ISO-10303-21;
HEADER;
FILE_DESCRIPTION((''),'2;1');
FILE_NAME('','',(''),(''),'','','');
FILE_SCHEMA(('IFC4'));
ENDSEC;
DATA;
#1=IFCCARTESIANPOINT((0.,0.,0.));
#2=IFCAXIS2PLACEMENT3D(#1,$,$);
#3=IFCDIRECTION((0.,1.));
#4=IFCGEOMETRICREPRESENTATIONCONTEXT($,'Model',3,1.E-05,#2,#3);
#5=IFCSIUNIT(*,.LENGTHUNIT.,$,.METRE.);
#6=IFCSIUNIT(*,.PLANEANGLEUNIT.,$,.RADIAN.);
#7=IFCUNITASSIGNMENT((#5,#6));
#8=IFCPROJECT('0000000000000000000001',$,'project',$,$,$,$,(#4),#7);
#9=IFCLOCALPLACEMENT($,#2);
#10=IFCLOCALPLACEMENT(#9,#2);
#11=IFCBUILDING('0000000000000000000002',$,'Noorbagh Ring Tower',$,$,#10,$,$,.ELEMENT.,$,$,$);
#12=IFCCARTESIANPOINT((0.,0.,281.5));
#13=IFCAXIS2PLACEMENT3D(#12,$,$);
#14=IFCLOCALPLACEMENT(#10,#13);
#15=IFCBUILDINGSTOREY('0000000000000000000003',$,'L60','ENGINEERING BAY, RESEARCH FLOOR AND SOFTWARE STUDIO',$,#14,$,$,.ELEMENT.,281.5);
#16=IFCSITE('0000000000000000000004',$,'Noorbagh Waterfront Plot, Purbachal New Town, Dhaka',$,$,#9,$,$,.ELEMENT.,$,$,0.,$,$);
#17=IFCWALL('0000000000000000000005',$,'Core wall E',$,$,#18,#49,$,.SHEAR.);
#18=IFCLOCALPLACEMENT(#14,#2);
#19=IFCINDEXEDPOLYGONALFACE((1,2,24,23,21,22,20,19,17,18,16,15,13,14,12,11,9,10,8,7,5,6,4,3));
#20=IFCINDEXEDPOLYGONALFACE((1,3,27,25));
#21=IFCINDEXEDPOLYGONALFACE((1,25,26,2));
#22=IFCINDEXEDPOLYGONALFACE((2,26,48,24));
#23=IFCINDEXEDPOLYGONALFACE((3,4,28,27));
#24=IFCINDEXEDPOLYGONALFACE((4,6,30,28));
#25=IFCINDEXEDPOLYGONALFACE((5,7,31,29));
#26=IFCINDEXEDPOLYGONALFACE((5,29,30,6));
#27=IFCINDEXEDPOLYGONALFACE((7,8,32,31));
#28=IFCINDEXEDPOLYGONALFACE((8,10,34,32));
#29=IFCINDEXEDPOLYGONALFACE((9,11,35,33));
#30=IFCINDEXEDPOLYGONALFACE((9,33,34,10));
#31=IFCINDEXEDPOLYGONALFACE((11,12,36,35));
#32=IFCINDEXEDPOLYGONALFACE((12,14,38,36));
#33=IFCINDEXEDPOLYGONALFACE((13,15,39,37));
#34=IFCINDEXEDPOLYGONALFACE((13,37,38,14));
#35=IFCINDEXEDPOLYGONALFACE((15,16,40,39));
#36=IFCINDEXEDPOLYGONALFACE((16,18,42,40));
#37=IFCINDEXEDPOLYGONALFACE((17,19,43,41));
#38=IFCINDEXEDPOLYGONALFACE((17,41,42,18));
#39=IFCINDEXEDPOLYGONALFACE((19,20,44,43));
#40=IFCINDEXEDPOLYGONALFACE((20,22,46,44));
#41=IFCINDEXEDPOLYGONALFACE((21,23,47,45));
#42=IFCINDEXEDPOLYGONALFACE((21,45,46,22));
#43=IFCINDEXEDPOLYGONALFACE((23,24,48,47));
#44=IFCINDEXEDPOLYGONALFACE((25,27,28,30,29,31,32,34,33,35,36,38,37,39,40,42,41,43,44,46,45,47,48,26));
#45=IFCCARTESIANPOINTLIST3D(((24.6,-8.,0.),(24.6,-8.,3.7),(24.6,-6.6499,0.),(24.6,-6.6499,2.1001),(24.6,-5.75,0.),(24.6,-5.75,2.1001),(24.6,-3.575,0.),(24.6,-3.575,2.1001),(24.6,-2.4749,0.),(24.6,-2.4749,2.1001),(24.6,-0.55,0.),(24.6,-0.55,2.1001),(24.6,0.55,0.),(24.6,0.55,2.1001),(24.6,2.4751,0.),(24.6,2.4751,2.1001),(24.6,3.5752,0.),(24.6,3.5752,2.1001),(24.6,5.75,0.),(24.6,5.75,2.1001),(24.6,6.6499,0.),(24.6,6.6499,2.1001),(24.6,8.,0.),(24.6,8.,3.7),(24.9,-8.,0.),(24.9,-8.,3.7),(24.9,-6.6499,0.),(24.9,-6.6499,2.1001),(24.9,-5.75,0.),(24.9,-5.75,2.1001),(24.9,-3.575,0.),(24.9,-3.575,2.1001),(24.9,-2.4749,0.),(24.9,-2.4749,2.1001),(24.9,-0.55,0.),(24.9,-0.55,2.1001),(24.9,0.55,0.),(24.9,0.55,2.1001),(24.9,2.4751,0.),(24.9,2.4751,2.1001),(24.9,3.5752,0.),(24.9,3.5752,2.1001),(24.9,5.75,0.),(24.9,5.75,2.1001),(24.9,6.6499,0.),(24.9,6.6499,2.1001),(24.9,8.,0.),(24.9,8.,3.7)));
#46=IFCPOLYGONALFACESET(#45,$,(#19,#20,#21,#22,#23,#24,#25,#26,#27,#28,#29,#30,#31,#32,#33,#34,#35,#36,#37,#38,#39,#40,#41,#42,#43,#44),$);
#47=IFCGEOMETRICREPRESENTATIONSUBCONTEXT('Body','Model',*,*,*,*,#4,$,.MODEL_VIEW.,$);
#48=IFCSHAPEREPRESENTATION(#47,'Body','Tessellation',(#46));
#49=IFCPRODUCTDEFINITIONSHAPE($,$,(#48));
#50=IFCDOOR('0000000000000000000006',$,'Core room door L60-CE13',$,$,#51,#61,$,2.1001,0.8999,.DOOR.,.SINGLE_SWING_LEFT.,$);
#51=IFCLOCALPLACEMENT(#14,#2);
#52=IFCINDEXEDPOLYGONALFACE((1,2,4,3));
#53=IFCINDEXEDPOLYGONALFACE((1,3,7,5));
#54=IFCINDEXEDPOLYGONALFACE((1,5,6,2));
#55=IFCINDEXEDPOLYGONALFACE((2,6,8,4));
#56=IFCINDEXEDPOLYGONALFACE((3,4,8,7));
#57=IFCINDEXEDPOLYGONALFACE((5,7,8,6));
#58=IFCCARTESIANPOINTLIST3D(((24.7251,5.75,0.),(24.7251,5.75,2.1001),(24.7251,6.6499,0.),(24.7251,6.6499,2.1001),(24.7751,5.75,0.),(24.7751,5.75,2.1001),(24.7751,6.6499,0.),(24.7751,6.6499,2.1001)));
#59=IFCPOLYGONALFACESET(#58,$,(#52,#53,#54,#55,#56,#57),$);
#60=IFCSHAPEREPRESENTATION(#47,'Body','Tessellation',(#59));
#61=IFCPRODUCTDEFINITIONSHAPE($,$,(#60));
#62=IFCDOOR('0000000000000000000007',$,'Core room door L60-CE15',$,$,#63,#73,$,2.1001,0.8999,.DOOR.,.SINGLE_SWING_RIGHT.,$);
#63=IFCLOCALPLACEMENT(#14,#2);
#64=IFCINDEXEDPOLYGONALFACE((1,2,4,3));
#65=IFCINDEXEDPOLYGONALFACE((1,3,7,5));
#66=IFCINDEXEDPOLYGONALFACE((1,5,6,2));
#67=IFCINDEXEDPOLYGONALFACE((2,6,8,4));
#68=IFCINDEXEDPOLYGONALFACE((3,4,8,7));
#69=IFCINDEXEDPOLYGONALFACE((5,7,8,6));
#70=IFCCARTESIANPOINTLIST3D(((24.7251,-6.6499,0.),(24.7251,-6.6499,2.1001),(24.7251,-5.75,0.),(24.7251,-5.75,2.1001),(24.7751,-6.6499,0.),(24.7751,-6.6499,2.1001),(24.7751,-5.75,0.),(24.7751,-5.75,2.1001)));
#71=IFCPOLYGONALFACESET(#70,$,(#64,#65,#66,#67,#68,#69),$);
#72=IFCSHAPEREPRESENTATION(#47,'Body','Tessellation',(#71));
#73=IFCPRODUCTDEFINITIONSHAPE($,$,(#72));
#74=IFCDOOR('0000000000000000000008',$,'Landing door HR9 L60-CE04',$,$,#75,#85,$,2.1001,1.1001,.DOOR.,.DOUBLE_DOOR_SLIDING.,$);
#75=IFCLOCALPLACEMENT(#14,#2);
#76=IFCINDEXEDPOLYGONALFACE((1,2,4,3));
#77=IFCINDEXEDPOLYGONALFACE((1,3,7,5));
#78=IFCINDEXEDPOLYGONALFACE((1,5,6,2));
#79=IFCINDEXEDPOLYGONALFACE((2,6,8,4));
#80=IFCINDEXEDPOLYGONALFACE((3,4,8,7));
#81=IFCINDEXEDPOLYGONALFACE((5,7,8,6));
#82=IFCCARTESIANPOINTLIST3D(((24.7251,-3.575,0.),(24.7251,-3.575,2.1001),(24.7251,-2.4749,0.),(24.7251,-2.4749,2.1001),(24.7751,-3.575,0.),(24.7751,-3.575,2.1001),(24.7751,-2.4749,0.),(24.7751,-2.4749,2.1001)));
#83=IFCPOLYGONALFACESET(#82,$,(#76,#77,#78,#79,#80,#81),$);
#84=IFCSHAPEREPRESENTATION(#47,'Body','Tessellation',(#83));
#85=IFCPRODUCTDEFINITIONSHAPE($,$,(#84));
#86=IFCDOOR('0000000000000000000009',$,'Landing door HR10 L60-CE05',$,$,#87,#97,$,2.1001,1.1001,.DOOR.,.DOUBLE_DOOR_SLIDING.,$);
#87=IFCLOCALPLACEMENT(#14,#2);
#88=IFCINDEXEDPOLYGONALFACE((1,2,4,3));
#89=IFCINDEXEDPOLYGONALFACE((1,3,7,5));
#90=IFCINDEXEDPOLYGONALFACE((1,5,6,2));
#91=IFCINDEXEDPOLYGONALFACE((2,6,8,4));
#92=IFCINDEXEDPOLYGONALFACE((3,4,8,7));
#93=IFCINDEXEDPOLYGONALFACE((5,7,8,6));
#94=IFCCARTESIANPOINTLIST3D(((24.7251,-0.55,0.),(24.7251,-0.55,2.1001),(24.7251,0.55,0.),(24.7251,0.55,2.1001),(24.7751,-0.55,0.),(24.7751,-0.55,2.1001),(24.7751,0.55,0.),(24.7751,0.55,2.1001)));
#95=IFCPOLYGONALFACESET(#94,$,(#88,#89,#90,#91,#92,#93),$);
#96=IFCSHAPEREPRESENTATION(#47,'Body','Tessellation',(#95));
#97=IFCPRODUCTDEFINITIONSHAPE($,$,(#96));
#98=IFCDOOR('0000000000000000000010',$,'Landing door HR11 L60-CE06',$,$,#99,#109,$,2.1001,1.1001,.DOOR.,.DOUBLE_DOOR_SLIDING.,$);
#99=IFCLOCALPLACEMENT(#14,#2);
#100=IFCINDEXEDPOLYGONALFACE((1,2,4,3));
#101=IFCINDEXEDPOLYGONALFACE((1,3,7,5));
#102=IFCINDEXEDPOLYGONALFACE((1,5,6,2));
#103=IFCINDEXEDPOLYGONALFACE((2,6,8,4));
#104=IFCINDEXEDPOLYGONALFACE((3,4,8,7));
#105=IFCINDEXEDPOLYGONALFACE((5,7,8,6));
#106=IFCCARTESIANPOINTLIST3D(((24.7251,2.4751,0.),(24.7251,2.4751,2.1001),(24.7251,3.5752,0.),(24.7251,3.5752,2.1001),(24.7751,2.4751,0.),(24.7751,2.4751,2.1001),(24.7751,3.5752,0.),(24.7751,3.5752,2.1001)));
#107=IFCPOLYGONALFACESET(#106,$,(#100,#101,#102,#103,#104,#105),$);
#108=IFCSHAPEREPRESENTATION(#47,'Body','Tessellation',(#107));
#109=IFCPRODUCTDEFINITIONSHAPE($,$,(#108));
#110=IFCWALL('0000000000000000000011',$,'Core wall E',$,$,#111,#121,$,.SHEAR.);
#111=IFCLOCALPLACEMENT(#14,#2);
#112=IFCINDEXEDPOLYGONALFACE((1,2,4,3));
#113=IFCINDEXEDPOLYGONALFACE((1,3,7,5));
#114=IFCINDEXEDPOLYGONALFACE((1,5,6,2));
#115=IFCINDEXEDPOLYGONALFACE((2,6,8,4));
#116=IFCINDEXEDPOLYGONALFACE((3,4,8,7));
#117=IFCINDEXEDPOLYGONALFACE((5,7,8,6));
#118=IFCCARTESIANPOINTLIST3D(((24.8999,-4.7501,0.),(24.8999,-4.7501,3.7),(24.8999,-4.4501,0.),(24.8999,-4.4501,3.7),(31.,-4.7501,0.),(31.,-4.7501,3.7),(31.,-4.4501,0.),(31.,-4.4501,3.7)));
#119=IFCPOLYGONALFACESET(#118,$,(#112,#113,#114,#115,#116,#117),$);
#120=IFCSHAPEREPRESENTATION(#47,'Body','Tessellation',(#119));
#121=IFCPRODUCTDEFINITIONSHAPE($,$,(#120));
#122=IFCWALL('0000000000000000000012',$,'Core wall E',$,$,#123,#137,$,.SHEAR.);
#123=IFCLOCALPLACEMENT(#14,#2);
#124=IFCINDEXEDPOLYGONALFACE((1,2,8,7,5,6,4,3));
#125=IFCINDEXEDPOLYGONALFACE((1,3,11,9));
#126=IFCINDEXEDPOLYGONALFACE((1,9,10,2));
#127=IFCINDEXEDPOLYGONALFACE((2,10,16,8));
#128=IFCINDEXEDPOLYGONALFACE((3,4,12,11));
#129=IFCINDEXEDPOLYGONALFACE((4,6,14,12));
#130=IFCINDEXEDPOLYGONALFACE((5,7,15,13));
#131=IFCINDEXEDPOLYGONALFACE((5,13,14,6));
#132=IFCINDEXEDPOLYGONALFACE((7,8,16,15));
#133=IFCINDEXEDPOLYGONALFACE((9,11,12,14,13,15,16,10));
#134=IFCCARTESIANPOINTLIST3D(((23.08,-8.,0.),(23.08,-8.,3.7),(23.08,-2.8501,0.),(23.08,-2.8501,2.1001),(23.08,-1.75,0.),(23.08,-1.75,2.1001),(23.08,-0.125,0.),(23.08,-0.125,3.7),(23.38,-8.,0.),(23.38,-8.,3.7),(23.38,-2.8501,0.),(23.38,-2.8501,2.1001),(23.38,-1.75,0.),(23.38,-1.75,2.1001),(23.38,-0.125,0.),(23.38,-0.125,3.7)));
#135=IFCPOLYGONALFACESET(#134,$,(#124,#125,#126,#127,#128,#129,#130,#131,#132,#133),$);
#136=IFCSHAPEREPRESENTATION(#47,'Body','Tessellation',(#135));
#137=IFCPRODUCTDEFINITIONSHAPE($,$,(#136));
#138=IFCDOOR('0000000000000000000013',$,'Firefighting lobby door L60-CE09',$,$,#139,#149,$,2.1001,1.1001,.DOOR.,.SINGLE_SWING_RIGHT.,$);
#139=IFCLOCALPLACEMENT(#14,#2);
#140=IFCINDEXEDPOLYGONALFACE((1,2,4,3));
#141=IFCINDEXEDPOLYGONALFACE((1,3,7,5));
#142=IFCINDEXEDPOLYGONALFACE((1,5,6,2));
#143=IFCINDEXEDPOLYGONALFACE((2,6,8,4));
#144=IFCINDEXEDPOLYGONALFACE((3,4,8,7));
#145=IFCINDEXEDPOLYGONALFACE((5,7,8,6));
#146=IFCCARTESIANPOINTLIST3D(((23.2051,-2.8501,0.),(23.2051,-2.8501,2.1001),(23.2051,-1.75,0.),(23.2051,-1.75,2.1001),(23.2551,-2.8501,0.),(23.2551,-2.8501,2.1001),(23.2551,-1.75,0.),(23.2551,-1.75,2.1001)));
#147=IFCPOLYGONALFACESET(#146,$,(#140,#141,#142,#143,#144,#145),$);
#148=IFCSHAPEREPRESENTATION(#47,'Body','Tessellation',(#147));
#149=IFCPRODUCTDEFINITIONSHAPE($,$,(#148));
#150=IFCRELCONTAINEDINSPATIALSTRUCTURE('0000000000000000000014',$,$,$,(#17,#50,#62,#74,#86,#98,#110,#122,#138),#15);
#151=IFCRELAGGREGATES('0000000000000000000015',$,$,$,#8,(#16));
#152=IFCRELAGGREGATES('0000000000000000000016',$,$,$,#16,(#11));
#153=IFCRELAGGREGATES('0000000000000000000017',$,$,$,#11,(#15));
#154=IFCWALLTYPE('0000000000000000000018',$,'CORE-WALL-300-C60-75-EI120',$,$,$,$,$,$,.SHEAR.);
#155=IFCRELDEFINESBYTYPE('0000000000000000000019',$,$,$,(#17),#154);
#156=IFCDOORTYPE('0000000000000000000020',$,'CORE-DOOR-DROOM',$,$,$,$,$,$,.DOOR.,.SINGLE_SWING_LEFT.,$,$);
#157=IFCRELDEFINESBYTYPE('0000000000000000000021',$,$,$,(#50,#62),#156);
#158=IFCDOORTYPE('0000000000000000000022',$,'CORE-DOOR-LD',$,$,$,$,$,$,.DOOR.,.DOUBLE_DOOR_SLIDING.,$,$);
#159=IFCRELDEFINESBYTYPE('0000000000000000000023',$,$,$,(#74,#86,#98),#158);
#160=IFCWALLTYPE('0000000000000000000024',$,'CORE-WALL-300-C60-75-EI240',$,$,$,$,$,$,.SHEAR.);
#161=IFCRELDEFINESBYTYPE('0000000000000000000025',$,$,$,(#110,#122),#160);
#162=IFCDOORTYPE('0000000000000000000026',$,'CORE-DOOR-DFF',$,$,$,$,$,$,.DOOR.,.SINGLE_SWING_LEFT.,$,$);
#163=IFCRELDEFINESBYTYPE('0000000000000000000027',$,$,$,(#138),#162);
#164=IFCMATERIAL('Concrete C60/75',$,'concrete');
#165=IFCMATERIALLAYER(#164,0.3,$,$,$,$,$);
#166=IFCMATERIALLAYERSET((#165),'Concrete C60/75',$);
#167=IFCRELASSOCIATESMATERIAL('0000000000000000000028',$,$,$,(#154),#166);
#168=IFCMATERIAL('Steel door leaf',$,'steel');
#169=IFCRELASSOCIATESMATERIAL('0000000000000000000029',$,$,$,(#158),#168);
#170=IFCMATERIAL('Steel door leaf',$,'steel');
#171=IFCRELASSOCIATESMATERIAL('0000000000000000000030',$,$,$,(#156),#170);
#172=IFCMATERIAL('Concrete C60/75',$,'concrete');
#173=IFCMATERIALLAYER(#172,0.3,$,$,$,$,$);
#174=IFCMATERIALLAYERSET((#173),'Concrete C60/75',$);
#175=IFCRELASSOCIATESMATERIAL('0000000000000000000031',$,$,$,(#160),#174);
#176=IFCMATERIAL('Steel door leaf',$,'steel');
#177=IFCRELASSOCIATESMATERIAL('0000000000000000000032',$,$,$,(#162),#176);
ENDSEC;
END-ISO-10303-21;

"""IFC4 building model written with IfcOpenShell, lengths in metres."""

from ifc_helpers import new_model, si_unit, direction, frame, frame_2d, origin, place, context, subcontext, project, spatial, rectangle, extrude, material, layer, layer_set, type_object, element, fill, save


model = new_model("IFC4")

# Units and contexts
model_context = context("Model", 3, precision=1e-05, world=origin(), true_north=direction((0.0, 1.0)))
body_context = subcontext(model_context, "Body", "Model", "MODEL_VIEW")
ifc_project = project(units=[si_unit("LENGTHUNIT", "METRE"), si_unit("PLANEANGLEUNIT", "RADIAN")], contexts=[model_context])

# Site, building, storey
site_placement = place(None, origin())
site = spatial("IfcSite", under=ifc_project, at=site_placement, Name="Noorbagh Waterfront Plot, Purbachal New Town, Dhaka", CompositionType="ELEMENT", RefElevation=0.0)
building_placement = place(site_placement, origin())
building = spatial("IfcBuilding", under=site, at=building_placement, Name="Noorbagh Ring Tower", CompositionType="ELEMENT")
storey_placement = place(building_placement, frame((0.0, 0.0, 281.5)))
storey = spatial("IfcBuildingStorey", under=building, at=storey_placement, Name="L60", Description="ENGINEERING BAY, RESEARCH FLOOR AND SOFTWARE STUDIO", CompositionType="ELEMENT", Elevation=281.5)

# Shared definitions
ifc_material_1 = material(Name="Concrete C60/75", Category="concrete")
ifc_layer_1 = layer(ifc_material_1, 0.3)
ifc_layer_set_1 = layer_set([ifc_layer_1], Name="Concrete C60/75")
wall_type_1 = type_object("IfcWallType", Name="CORE-WALL-300-C60-75-EI120", PredefinedType="SHEAR", material=ifc_layer_set_1)

# Wall, openings, doors
ifc_material_2 = material(Name="Steel door leaf", Category="steel")
door_type_1 = type_object("IfcDoorType", Name="CORE-DOOR-LD", OperationType="DOUBLE_DOOR_SLIDING", PredefinedType="DOOR", material=ifc_material_2)
wall_1_placement = place(storey_placement, frame((24.75, -8.0, 0.0), z_axis=(0.0, 0.0, 1.0), x_axis=(0.0, 1.0, 0.0)))
wall_1 = element("IfcWall", 1, at=wall_1_placement, inside=storey, type_object=wall_type_1, Name="Core wall E", PredefinedType="SHEAR", context=body_context, shape_type="SweptSolid", body=[
    extrude(rectangle(XDim=16.0, YDim=0.3, at=frame_2d((8.0, 0.0))), origin(), (0.0, 0.0, 1.0), 3.7),
])
opening_1_placement = place(wall_1_placement, frame((4.425, 0.0, 0.0)))
opening_1 = element("IfcOpeningElement", 2, at=opening_1_placement, cuts=wall_1, PredefinedType="OPENING", context=body_context, shape_type="SweptSolid", body=[
    extrude(rectangle(XDim=1.1001, YDim=2.1001, at=frame_2d((0.55, 1.05))), frame((0.0, 0.1602, 0.0), z_axis=(0.0, -1.0, 0.0), x_axis=(1.0, 0.0, 0.0)), (0.0, 0.0, 1.0), 0.3201),
])
opening_2_placement = place(wall_1_placement, frame((7.45, 0.0, 0.0)))
opening_2 = element("IfcOpeningElement", 3, at=opening_2_placement, cuts=wall_1, PredefinedType="OPENING", context=body_context, shape_type="SweptSolid", body=[
    extrude(rectangle(XDim=1.1001, YDim=2.1001, at=frame_2d((0.55, 1.05))), frame((0.0, 0.1602, 0.0), z_axis=(0.0, -1.0, 0.0), x_axis=(1.0, 0.0, 0.0)), (0.0, 0.0, 1.0), 0.3201),
])
opening_3_placement = place(wall_1_placement, frame((10.4751, 0.0, 0.0)))
opening_3 = element("IfcOpeningElement", 4, at=opening_3_placement, cuts=wall_1, PredefinedType="OPENING", context=body_context, shape_type="SweptSolid", body=[
    extrude(rectangle(XDim=1.1001, YDim=2.1001, at=frame_2d((0.55, 1.05))), frame((0.0, 0.1602, 0.0), z_axis=(0.0, -1.0, 0.0), x_axis=(1.0, 0.0, 0.0)), (0.0, 0.0, 1.0), 0.3201),
])
opening_4_placement = place(wall_1_placement, frame((13.75, 0.0, 0.0)))
opening_4 = element("IfcOpeningElement", 5, at=opening_4_placement, cuts=wall_1, PredefinedType="OPENING", context=body_context, shape_type="SweptSolid", body=[
    extrude(rectangle(XDim=0.8999, YDim=2.1001, at=frame_2d((0.45, 1.05))), frame((0.0, 0.1602, 0.0), z_axis=(0.0, -1.0, 0.0), x_axis=(1.0, 0.0, 0.0)), (0.0, 0.0, 1.0), 0.3201),
])
opening_5_placement = place(wall_1_placement, frame((1.3501, 0.0, 0.0)))
opening_5 = element("IfcOpeningElement", 6, at=opening_5_placement, cuts=wall_1, PredefinedType="OPENING", context=body_context, shape_type="SweptSolid", body=[
    extrude(rectangle(XDim=0.8999, YDim=2.1001, at=frame_2d((0.45, 1.05))), frame((0.0, 0.1602, 0.0), z_axis=(0.0, -1.0, 0.0), x_axis=(1.0, 0.0, 0.0)), (0.0, 0.0, 1.0), 0.3201),
])
ifc_material_3 = material(Name="Steel door leaf", Category="steel")
door_type_2 = type_object("IfcDoorType", Name="CORE-DOOR-DROOM", OperationType="SINGLE_SWING_LEFT", PredefinedType="DOOR", material=ifc_material_3)
door_1_placement = place(opening_4_placement, origin())
door_1 = element("IfcDoor", 7, at=door_1_placement, inside=storey, type_object=door_type_2, Name="Core room door L60-CE13", OperationType="SINGLE_SWING_LEFT", OverallHeight=2.1001, OverallWidth=0.8999, PredefinedType="DOOR", context=body_context, shape_type="SweptSolid", body=[
    extrude(rectangle(XDim=0.8999, YDim=2.1001, at=frame_2d((0.45, 1.05))), frame((0.0, 0.0249, 0.0), z_axis=(0.0, -1.0, 0.0), x_axis=(1.0, 0.0, 0.0)), (0.0, 0.0, 1.0), 0.05),
])
fill(opening_4, door_1)
door_2_placement = place(opening_5_placement, origin())
door_2 = element("IfcDoor", 8, at=door_2_placement, inside=storey, type_object=door_type_2, Name="Core room door L60-CE15", OperationType="SINGLE_SWING_RIGHT", OverallHeight=2.1001, OverallWidth=0.8999, PredefinedType="DOOR", context=body_context, shape_type="SweptSolid", body=[
    extrude(rectangle(XDim=0.8999, YDim=2.1001, at=frame_2d((0.45, 1.05))), frame((0.0, 0.0249, 0.0), z_axis=(0.0, -1.0, 0.0), x_axis=(1.0, 0.0, 0.0)), (0.0, 0.0, 1.0), 0.05),
])
fill(opening_5, door_2)
door_3_placement = place(opening_1_placement, origin())
door_3 = element("IfcDoor", 9, at=door_3_placement, inside=storey, type_object=door_type_1, Name="Landing door HR9 L60-CE04", OperationType="DOUBLE_DOOR_SLIDING", OverallHeight=2.1001, OverallWidth=1.1001, PredefinedType="DOOR", context=body_context, shape_type="SweptSolid", body=[
    extrude(rectangle(XDim=1.1001, YDim=2.1001, at=frame_2d((0.55, 1.05))), frame((0.0, 0.0249, 0.0), z_axis=(0.0, -1.0, 0.0), x_axis=(1.0, 0.0, 0.0)), (0.0, 0.0, 1.0), 0.05),
])
fill(opening_1, door_3)
door_4_placement = place(opening_2_placement, origin())
door_4 = element("IfcDoor", 10, at=door_4_placement, inside=storey, type_object=door_type_1, Name="Landing door HR10 L60-CE05", OperationType="DOUBLE_DOOR_SLIDING", OverallHeight=2.1001, OverallWidth=1.1001, PredefinedType="DOOR", context=body_context, shape_type="SweptSolid", body=[
    extrude(rectangle(XDim=1.1001, YDim=2.1001, at=frame_2d((0.55, 1.05))), frame((0.0, 0.0249, 0.0), z_axis=(0.0, -1.0, 0.0), x_axis=(1.0, 0.0, 0.0)), (0.0, 0.0, 1.0), 0.05),
])
fill(opening_2, door_4)
door_5_placement = place(opening_3_placement, origin())
door_5 = element("IfcDoor", 11, at=door_5_placement, inside=storey, type_object=door_type_1, Name="Landing door HR11 L60-CE06", OperationType="DOUBLE_DOOR_SLIDING", OverallHeight=2.1001, OverallWidth=1.1001, PredefinedType="DOOR", context=body_context, shape_type="SweptSolid", body=[
    extrude(rectangle(XDim=1.1001, YDim=2.1001, at=frame_2d((0.55, 1.05))), frame((0.0, 0.0249, 0.0), z_axis=(0.0, -1.0, 0.0), x_axis=(1.0, 0.0, 0.0)), (0.0, 0.0, 1.0), 0.05),
])
fill(opening_3, door_5)

# Wall
ifc_material_4 = material(Name="Concrete C60/75", Category="concrete")
ifc_layer_2 = layer(ifc_material_4, 0.3)
ifc_layer_set_2 = layer_set([ifc_layer_2], Name="Concrete C60/75")
wall_type_2 = type_object("IfcWallType", Name="CORE-WALL-300-C60-75-EI240", PredefinedType="SHEAR", material=ifc_layer_set_2)
wall_2_placement = place(storey_placement, frame((24.8999, -4.6001, 0.0), z_axis=(0.0, 0.0, 1.0), x_axis=(1.0, 0.0, 0.0)))
element("IfcWall", 12, at=wall_2_placement, inside=storey, type_object=wall_type_2, Name="Core wall E", PredefinedType="SHEAR", context=body_context, shape_type="SweptSolid", body=[
    extrude(rectangle(XDim=6.1001, YDim=0.3, at=frame_2d((3.05, 0.0))), origin(), (0.0, 0.0, 1.0), 3.7),
])

# Wall, opening, door
wall_3_placement = place(storey_placement, frame((23.23, -8.0, 0.0), z_axis=(0.0, 0.0, 1.0), x_axis=(0.0, 1.0, 0.0)))
wall_3 = element("IfcWall", 13, at=wall_3_placement, inside=storey, type_object=wall_type_2, Name="Core wall E", PredefinedType="SHEAR", context=body_context, shape_type="SweptSolid", body=[
    extrude(rectangle(XDim=7.875, YDim=0.3, at=frame_2d((3.9375, 0.0))), origin(), (0.0, 0.0, 1.0), 3.7),
])
opening_6_placement = place(wall_3_placement, frame((5.1499, 0.0, 0.0)))
opening_6 = element("IfcOpeningElement", 14, at=opening_6_placement, cuts=wall_3, PredefinedType="OPENING", context=body_context, shape_type="SweptSolid", body=[
    extrude(rectangle(XDim=1.1001, YDim=2.1001, at=frame_2d((0.55, 1.05))), frame((0.0, 0.1602, 0.0), z_axis=(0.0, -1.0, 0.0), x_axis=(1.0, 0.0, 0.0)), (0.0, 0.0, 1.0), 0.3201),
])
ifc_material_5 = material(Name="Steel door leaf", Category="steel")
door_type_3 = type_object("IfcDoorType", Name="CORE-DOOR-DFF", OperationType="SINGLE_SWING_LEFT", PredefinedType="DOOR", material=ifc_material_5)
door_6_placement = place(opening_6_placement, origin())
door_6 = element("IfcDoor", 15, at=door_6_placement, inside=storey, type_object=door_type_3, Name="Firefighting lobby door L60-CE09", OperationType="SINGLE_SWING_RIGHT", OverallHeight=2.1001, OverallWidth=1.1001, PredefinedType="DOOR", context=body_context, shape_type="SweptSolid", body=[
    extrude(rectangle(XDim=1.1001, YDim=2.1001, at=frame_2d((0.55, 1.05))), frame((0.0, 0.0249, 0.0), z_axis=(0.0, -1.0, 0.0), x_axis=(1.0, 0.0, 0.0)), (0.0, 0.0, 1.0), 0.05),
])
fill(opening_6, door_6)

save(model, "model.ifc")
